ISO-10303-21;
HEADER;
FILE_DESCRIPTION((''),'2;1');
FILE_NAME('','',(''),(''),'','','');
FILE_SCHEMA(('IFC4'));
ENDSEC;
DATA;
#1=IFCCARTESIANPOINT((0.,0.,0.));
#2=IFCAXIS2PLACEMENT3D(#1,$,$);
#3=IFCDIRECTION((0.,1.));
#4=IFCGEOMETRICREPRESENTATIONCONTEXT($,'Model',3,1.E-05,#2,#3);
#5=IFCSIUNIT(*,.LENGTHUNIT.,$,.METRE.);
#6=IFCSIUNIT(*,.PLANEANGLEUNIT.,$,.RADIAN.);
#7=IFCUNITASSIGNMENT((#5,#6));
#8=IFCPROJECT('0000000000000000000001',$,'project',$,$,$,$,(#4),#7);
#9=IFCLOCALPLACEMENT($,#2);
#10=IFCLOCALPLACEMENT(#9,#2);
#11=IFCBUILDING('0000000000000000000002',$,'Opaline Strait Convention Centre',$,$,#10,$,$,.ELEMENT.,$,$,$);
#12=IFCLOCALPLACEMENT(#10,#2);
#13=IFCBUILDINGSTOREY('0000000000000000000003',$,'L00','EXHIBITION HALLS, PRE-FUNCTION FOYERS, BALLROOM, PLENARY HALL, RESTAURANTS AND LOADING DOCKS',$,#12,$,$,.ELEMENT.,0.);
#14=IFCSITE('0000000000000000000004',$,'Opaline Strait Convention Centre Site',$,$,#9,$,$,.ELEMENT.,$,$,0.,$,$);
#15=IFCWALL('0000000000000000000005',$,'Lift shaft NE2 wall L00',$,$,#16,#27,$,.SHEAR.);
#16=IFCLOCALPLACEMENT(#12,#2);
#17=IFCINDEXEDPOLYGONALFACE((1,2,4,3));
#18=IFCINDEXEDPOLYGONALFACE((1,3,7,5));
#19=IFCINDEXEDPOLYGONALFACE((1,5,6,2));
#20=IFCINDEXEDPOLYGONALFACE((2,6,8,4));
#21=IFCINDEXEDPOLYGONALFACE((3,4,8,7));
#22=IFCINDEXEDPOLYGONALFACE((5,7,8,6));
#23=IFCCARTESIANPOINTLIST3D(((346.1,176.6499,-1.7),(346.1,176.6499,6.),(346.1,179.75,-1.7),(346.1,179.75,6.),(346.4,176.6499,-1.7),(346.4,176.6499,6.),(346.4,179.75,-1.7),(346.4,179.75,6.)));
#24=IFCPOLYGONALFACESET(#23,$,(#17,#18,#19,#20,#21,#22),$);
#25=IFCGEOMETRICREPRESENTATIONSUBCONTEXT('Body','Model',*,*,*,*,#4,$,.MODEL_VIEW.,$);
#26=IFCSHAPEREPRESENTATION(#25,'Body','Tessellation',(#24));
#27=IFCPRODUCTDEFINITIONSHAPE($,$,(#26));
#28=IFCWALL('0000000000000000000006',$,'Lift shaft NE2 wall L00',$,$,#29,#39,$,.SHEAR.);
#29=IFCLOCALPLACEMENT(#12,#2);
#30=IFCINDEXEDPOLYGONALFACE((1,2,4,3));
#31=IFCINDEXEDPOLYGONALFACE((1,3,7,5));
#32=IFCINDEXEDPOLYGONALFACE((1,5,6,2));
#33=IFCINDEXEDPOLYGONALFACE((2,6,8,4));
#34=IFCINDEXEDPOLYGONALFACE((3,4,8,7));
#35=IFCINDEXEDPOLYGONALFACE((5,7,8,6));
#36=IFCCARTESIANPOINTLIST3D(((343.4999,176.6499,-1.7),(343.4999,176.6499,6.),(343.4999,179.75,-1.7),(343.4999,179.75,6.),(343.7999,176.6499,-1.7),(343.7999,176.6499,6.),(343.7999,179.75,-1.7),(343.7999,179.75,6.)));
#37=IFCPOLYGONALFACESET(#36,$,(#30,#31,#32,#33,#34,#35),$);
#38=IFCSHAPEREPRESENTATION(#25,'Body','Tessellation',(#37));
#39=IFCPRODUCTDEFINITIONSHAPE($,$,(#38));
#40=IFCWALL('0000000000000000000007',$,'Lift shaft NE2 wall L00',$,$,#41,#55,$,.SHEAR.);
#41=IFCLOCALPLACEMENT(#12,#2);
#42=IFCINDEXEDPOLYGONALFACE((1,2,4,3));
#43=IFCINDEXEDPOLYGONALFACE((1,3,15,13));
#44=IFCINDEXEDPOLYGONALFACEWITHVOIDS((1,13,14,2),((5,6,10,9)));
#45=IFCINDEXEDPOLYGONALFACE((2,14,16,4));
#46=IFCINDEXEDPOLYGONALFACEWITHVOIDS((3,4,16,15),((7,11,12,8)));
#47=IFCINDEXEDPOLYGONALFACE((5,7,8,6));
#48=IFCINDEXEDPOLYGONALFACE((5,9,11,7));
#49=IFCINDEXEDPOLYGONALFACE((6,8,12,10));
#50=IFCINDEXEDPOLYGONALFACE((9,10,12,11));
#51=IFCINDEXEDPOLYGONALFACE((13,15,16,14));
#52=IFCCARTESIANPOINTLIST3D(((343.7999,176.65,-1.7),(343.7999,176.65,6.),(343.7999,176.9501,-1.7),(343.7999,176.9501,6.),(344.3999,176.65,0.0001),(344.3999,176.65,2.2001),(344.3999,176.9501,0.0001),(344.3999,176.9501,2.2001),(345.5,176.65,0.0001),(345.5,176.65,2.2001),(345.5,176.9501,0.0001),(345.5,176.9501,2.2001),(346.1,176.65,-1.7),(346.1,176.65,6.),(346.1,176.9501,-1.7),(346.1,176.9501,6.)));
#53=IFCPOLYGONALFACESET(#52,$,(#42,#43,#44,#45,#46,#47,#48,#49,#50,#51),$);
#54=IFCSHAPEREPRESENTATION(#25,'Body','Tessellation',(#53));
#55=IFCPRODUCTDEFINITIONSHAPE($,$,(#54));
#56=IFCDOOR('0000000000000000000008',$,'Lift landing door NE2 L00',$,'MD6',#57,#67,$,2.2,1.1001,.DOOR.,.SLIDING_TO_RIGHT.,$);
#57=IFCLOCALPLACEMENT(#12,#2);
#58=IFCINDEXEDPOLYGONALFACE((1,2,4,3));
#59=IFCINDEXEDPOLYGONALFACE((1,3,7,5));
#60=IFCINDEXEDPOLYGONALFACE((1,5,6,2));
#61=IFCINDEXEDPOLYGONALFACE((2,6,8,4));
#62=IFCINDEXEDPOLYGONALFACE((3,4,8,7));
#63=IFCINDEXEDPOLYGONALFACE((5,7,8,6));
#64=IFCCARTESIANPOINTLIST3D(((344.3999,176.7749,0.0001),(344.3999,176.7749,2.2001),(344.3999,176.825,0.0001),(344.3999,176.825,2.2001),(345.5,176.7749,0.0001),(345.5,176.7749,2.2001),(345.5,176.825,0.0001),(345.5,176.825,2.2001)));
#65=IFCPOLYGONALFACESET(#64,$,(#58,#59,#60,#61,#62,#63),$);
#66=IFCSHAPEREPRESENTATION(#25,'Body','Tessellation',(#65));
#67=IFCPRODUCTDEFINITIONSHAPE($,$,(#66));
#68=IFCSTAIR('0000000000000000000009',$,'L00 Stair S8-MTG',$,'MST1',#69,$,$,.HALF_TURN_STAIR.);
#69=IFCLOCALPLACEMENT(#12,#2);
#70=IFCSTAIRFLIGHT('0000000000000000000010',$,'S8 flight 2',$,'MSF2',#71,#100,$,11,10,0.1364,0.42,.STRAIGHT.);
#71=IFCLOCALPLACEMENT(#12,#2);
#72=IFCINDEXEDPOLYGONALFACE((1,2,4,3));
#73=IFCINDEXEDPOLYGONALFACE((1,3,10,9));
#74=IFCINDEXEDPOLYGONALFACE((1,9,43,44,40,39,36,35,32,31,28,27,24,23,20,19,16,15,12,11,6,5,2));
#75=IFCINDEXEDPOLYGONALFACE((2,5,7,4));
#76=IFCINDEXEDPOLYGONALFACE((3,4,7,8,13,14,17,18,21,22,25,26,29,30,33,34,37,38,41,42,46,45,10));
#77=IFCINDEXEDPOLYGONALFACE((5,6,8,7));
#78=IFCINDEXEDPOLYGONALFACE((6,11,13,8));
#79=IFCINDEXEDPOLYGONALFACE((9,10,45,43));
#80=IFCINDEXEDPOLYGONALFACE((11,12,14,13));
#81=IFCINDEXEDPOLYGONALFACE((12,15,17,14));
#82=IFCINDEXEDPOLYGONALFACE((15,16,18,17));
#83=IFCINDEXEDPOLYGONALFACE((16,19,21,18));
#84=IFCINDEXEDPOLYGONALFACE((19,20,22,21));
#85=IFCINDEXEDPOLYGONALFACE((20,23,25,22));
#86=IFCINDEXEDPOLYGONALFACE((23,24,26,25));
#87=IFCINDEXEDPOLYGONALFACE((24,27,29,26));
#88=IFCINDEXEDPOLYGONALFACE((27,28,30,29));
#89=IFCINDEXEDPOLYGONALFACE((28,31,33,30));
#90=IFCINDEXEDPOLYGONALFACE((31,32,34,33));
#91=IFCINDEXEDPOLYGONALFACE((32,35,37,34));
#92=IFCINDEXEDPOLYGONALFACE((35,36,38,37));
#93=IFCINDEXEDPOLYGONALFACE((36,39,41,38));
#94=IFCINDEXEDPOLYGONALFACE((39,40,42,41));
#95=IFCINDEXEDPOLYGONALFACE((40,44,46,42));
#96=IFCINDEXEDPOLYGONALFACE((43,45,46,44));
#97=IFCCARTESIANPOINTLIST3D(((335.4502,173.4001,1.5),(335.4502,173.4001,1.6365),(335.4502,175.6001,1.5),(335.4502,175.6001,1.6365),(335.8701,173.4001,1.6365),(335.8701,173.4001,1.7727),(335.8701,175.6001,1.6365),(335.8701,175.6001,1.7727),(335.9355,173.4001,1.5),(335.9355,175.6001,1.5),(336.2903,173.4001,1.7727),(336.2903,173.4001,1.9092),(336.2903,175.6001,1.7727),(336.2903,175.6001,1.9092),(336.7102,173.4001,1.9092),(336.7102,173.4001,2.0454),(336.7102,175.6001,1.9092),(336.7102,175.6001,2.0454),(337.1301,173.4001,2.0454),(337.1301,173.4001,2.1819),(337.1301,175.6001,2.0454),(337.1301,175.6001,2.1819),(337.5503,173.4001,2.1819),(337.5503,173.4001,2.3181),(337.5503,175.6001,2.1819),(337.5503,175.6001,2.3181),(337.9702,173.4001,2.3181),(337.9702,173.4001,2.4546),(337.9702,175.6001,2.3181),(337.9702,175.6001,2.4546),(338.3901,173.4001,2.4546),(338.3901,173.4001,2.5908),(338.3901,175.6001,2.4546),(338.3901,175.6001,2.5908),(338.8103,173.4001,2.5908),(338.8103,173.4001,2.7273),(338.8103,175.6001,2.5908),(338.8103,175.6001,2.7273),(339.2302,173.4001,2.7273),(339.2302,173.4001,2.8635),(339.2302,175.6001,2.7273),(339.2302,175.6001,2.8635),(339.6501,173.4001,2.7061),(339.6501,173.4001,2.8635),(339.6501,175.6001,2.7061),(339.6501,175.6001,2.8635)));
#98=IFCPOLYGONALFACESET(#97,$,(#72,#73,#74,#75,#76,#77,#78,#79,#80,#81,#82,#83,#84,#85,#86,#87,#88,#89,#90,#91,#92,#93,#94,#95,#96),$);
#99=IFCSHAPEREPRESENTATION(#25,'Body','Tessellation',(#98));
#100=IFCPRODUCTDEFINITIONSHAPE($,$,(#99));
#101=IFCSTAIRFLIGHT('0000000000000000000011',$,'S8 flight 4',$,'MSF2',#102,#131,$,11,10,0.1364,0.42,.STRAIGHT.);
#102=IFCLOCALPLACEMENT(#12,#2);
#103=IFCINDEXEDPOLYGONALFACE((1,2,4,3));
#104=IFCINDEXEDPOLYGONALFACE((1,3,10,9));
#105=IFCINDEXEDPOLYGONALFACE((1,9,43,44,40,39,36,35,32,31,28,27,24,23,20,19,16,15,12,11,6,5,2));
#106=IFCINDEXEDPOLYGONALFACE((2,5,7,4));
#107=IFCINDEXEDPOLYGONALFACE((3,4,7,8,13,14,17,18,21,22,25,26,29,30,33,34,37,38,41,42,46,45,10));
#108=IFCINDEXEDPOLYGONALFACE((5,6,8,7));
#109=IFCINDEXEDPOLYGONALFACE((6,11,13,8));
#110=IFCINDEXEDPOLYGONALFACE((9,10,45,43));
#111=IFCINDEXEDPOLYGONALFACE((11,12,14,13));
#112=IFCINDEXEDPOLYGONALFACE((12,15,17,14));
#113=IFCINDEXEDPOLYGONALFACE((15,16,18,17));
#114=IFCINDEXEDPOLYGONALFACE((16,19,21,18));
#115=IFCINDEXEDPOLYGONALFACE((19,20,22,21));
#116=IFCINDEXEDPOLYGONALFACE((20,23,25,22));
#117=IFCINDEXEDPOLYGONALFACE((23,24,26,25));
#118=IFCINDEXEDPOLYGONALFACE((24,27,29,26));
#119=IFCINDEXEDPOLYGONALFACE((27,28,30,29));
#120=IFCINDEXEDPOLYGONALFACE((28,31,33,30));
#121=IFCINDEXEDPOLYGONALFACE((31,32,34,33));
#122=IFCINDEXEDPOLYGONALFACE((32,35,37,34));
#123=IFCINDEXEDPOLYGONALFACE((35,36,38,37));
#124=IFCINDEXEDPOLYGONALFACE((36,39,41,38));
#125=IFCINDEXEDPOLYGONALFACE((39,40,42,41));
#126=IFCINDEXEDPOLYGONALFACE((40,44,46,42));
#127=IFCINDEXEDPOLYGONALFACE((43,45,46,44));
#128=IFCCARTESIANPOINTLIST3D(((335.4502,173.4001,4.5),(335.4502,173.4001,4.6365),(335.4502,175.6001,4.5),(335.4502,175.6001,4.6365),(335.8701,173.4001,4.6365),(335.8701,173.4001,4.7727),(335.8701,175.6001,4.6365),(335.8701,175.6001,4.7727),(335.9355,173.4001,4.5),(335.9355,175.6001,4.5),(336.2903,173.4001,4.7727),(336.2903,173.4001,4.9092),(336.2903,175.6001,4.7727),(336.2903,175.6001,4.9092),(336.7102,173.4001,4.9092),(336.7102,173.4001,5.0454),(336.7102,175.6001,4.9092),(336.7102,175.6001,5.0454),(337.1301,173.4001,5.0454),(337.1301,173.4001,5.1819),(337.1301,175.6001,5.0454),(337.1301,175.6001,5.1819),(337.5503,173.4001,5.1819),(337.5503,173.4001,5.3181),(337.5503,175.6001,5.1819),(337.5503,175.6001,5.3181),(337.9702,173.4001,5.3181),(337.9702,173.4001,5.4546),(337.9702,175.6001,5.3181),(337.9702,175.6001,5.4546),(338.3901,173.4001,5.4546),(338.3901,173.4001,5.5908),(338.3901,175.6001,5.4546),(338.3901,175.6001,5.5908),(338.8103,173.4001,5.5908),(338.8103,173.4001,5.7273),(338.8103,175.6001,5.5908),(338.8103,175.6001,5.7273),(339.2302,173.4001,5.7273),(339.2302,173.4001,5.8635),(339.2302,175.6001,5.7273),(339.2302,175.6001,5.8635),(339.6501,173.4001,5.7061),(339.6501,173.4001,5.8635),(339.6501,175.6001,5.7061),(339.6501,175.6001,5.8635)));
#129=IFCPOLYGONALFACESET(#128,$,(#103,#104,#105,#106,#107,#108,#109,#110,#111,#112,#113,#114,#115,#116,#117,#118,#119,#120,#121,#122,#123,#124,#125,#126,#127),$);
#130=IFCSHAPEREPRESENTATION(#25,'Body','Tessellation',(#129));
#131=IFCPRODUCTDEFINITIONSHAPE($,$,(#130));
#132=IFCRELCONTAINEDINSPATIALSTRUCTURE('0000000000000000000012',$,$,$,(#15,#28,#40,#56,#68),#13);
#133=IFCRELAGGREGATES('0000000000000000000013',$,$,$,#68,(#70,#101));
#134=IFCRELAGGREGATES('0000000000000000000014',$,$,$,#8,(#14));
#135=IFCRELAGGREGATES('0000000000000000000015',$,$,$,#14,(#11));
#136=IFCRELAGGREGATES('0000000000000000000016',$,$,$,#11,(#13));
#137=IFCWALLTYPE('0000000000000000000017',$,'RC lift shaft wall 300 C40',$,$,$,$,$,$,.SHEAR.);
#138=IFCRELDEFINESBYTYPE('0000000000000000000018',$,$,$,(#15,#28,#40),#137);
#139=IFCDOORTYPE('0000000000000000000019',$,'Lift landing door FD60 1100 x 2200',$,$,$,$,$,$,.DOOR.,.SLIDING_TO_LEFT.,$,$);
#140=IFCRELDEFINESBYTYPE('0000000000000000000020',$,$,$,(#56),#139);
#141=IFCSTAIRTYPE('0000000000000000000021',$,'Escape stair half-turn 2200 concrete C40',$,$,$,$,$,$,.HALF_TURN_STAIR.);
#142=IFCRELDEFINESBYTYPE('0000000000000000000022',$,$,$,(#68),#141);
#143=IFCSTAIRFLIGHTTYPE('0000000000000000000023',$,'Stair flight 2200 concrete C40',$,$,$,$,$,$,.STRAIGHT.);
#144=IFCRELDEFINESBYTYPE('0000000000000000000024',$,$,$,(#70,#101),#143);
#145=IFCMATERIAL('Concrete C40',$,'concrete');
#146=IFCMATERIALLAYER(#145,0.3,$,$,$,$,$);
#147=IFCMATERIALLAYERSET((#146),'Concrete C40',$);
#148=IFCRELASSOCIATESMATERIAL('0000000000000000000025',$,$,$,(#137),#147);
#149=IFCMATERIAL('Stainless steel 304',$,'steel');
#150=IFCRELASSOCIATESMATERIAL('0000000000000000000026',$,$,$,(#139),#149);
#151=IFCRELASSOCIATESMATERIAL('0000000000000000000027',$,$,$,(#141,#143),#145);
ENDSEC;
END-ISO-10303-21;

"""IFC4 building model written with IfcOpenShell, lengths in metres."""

from ifc_helpers import new_model, si_unit, direction, frame, frame_2d, origin, place, context, subcontext, project, spatial, polyline, rectangle, outline, extrude, material, layer, layer_set, type_object, element, fill, aggregate, save


model = new_model("IFC4")

# Units and contexts
model_context = context("Model", 3, precision=1e-05, world=origin(), true_north=direction((0.0, 1.0)))
body_context = subcontext(model_context, "Body", "Model", "MODEL_VIEW")
ifc_project = project(units=[si_unit("LENGTHUNIT", "METRE"), si_unit("PLANEANGLEUNIT", "RADIAN")], contexts=[model_context])

# Site, building, storey
site_placement = place(None, origin())
site = spatial("IfcSite", under=ifc_project, at=site_placement, Name="Opaline Strait Convention Centre Site", CompositionType="ELEMENT", RefElevation=0.0)
building_placement = place(site_placement, origin())
building = spatial("IfcBuilding", under=site, at=building_placement, Name="Opaline Strait Convention Centre", CompositionType="ELEMENT")
storey_placement = place(building_placement, origin())
storey = spatial("IfcBuildingStorey", under=building, at=storey_placement, Name="L00", Description="EXHIBITION HALLS, PRE-FUNCTION FOYERS, BALLROOM, PLENARY HALL, RESTAURANTS AND LOADING DOCKS", CompositionType="ELEMENT", Elevation=0.0)

# Shared definitions
ifc_material_1 = material(Name="Concrete C40", Category="concrete")

# Shared definitions
ifc_layer_1 = layer(ifc_material_1, 0.3)
ifc_layer_set_1 = layer_set([ifc_layer_1], Name="Concrete C40")
wall_type_1 = type_object("IfcWallType", Name="RC lift shaft wall 300 C40", PredefinedType="SHEAR", material=ifc_layer_set_1)

# Shared definitions
ifc_material_2 = material(Name="Stainless steel 304", Category="steel")
door_type_1 = type_object("IfcDoorType", Name="Lift landing door FD60 1100 x 2200", OperationType="SLIDING_TO_LEFT", PredefinedType="DOOR", material=ifc_material_2)

# Walls
for number, where, z_axis, x_axis, name in (
    (1, (346.25, 176.6499, -1.7), (0.0, 0.0, 1.0), (0.0, 1.0, 0.0), "Lift shaft NE2 wall L00"),
    (2, (343.6499, 176.6499, -1.7), (0.0, 0.0, 1.0), (0.0, 1.0, 0.0), "Lift shaft NE2 wall L00"),
):
    element("IfcWall", number, at=place(storey_placement, frame(where, z_axis=z_axis, x_axis=x_axis)), inside=storey, type_object=wall_type_1, Name=name, PredefinedType="SHEAR", context=body_context, shape_type="SweptSolid", body=[
        extrude(rectangle(XDim=3.1001, YDim=0.3, at=frame_2d((1.55, 0.0))), origin(), (0.0, 0.0, 1.0), 7.7),
    ])

# Wall, opening, door
wall_1_placement = place(storey_placement, frame((343.8, 176.8, -1.7), z_axis=(0.0, 0.0, 1.0), x_axis=(1.0, 0.0, 0.0)))
wall_1 = element("IfcWall", 3, at=wall_1_placement, inside=storey, type_object=wall_type_1, Name="Lift shaft NE2 wall L00", PredefinedType="SHEAR", context=body_context, shape_type="SweptSolid", body=[
    extrude(rectangle(XDim=2.3, YDim=0.3, at=frame_2d((1.1499, 0.0))), origin(), (0.0, 0.0, 1.0), 7.7),
])
opening_1_placement = place(wall_1_placement, frame((0.5999, 0.0, 1.7)))
opening_1 = element("IfcOpeningElement", 4, at=opening_1_placement, cuts=wall_1, PredefinedType="OPENING", context=body_context, shape_type="SweptSolid", body=[
    extrude(rectangle(XDim=1.1001, YDim=2.2, at=frame_2d((0.55, 1.1001))), frame((0.0, 0.1599, 0.0), z_axis=(0.0, -1.0, 0.0), x_axis=(1.0, 0.0, 0.0)), (0.0, 0.0, 1.0), 0.3201),
])
door_1_placement = place(opening_1_placement, origin())
door_1 = element("IfcDoor", 5, at=door_1_placement, inside=storey, type_object=door_type_1, Name="Lift landing door NE2 L00", ObjectType="MD6", OperationType="SLIDING_TO_RIGHT", OverallHeight=2.2, OverallWidth=1.1001, PredefinedType="DOOR", context=body_context, shape_type="SweptSolid", body=[
    extrude(rectangle(XDim=1.1001, YDim=2.2, at=frame_2d((0.55, 1.1001))), frame((0.0, 0.0249, 0.0), z_axis=(0.0, -1.0, 0.0), x_axis=(1.0, 0.0, 0.0)), (0.0, 0.0, 1.0), 0.05),
])
fill(opening_1, door_1)

# Stair, stair flights
stair_type = type_object("IfcStairType", Name="Escape stair half-turn 2200 concrete C40", PredefinedType="HALF_TURN_STAIR", material=ifc_material_1)
stair_placement = place(storey_placement, origin())
stair = element("IfcStair", 6, at=stair_placement, inside=storey, type_object=stair_type, Name="L00 Stair S8-MTG", ObjectType="MST1", PredefinedType="HALF_TURN_STAIR")
stair_flight_type = type_object("IfcStairFlightType", Name="Stair flight 2200 concrete C40", PredefinedType="STRAIGHT", material=ifc_material_1)
stair_flight_1_placement = place(storey_placement, frame((335.4502, 174.5, 1.5), z_axis=(0.0, 0.0, 1.0), x_axis=(1.0, 0.0, 0.0)))
stair_flight_1 = element("IfcStairFlight", 7, at=stair_flight_1_placement, type_object=stair_flight_type, Name="S8 flight 2", ObjectType="MSF2", NumberOfRisers=11, NumberOfTreads=10, PredefinedType="STRAIGHT", RiserHeight=0.1364, TreadLength=0.42, context=body_context, shape_type="SweptSolid", body=[
    extrude(outline(polyline([(0.0, 0.0), (0.0, 0.1365), (0.4199, 0.1365), (0.4199, 0.2727), (0.8401, 0.2727), (0.8401, 0.4092), (1.26, 0.4092), (1.26, 0.5454), (1.6799, 0.5454), (1.6799, 0.6819), (2.1001, 0.6819), (2.1001, 0.8181), (2.52, 0.8181), (2.52, 0.9546), (2.9399, 0.9546), (2.9399, 1.0908), (3.3601, 1.0908), (3.3601, 1.2273), (3.78, 1.2273), (3.78, 1.3635), (4.2, 1.3635), (4.2, 1.5), (4.2, 1.2061), (0.4854, 0.0), (0.0, 0.0)])), frame((0.0, 1.1001, 0.0), z_axis=(0.0, -1.0, 0.0), x_axis=(1.0, 0.0, 0.0)), (0.0, 0.0, 1.0), 2.2),
])
stair_flight_2_placement = place(storey_placement, frame((335.4502, 174.5, 4.5), z_axis=(0.0, 0.0, 1.0), x_axis=(1.0, 0.0, 0.0)))
stair_flight_2 = element("IfcStairFlight", 8, at=stair_flight_2_placement, type_object=stair_flight_type, Name="S8 flight 4", ObjectType="MSF2", NumberOfRisers=11, NumberOfTreads=10, PredefinedType="STRAIGHT", RiserHeight=0.1364, TreadLength=0.42, context=body_context, shape_type="SweptSolid", body=[
    extrude(outline(polyline([(0.0, 0.0), (0.0, 0.1365), (0.4199, 0.1365), (0.4199, 0.2727), (0.8401, 0.2727), (0.8401, 0.4092), (1.26, 0.4092), (1.26, 0.5454), (1.6799, 0.5454), (1.6799, 0.6819), (2.1001, 0.6819), (2.1001, 0.8181), (2.52, 0.8181), (2.52, 0.9546), (2.9399, 0.9546), (2.9399, 1.0908), (3.3601, 1.0908), (3.3601, 1.2273), (3.78, 1.2273), (3.78, 1.3635), (4.2, 1.3635), (4.2, 1.5), (4.2, 1.2061), (0.4854, 0.0), (0.0, 0.0)])), frame((0.0, 1.1001, 0.0), z_axis=(0.0, -1.0, 0.0), x_axis=(1.0, 0.0, 0.0)), (0.0, 0.0, 1.0), 2.2),
])
aggregate(stair, [stair_flight_1, stair_flight_2])

save(model, "model.ifc")
